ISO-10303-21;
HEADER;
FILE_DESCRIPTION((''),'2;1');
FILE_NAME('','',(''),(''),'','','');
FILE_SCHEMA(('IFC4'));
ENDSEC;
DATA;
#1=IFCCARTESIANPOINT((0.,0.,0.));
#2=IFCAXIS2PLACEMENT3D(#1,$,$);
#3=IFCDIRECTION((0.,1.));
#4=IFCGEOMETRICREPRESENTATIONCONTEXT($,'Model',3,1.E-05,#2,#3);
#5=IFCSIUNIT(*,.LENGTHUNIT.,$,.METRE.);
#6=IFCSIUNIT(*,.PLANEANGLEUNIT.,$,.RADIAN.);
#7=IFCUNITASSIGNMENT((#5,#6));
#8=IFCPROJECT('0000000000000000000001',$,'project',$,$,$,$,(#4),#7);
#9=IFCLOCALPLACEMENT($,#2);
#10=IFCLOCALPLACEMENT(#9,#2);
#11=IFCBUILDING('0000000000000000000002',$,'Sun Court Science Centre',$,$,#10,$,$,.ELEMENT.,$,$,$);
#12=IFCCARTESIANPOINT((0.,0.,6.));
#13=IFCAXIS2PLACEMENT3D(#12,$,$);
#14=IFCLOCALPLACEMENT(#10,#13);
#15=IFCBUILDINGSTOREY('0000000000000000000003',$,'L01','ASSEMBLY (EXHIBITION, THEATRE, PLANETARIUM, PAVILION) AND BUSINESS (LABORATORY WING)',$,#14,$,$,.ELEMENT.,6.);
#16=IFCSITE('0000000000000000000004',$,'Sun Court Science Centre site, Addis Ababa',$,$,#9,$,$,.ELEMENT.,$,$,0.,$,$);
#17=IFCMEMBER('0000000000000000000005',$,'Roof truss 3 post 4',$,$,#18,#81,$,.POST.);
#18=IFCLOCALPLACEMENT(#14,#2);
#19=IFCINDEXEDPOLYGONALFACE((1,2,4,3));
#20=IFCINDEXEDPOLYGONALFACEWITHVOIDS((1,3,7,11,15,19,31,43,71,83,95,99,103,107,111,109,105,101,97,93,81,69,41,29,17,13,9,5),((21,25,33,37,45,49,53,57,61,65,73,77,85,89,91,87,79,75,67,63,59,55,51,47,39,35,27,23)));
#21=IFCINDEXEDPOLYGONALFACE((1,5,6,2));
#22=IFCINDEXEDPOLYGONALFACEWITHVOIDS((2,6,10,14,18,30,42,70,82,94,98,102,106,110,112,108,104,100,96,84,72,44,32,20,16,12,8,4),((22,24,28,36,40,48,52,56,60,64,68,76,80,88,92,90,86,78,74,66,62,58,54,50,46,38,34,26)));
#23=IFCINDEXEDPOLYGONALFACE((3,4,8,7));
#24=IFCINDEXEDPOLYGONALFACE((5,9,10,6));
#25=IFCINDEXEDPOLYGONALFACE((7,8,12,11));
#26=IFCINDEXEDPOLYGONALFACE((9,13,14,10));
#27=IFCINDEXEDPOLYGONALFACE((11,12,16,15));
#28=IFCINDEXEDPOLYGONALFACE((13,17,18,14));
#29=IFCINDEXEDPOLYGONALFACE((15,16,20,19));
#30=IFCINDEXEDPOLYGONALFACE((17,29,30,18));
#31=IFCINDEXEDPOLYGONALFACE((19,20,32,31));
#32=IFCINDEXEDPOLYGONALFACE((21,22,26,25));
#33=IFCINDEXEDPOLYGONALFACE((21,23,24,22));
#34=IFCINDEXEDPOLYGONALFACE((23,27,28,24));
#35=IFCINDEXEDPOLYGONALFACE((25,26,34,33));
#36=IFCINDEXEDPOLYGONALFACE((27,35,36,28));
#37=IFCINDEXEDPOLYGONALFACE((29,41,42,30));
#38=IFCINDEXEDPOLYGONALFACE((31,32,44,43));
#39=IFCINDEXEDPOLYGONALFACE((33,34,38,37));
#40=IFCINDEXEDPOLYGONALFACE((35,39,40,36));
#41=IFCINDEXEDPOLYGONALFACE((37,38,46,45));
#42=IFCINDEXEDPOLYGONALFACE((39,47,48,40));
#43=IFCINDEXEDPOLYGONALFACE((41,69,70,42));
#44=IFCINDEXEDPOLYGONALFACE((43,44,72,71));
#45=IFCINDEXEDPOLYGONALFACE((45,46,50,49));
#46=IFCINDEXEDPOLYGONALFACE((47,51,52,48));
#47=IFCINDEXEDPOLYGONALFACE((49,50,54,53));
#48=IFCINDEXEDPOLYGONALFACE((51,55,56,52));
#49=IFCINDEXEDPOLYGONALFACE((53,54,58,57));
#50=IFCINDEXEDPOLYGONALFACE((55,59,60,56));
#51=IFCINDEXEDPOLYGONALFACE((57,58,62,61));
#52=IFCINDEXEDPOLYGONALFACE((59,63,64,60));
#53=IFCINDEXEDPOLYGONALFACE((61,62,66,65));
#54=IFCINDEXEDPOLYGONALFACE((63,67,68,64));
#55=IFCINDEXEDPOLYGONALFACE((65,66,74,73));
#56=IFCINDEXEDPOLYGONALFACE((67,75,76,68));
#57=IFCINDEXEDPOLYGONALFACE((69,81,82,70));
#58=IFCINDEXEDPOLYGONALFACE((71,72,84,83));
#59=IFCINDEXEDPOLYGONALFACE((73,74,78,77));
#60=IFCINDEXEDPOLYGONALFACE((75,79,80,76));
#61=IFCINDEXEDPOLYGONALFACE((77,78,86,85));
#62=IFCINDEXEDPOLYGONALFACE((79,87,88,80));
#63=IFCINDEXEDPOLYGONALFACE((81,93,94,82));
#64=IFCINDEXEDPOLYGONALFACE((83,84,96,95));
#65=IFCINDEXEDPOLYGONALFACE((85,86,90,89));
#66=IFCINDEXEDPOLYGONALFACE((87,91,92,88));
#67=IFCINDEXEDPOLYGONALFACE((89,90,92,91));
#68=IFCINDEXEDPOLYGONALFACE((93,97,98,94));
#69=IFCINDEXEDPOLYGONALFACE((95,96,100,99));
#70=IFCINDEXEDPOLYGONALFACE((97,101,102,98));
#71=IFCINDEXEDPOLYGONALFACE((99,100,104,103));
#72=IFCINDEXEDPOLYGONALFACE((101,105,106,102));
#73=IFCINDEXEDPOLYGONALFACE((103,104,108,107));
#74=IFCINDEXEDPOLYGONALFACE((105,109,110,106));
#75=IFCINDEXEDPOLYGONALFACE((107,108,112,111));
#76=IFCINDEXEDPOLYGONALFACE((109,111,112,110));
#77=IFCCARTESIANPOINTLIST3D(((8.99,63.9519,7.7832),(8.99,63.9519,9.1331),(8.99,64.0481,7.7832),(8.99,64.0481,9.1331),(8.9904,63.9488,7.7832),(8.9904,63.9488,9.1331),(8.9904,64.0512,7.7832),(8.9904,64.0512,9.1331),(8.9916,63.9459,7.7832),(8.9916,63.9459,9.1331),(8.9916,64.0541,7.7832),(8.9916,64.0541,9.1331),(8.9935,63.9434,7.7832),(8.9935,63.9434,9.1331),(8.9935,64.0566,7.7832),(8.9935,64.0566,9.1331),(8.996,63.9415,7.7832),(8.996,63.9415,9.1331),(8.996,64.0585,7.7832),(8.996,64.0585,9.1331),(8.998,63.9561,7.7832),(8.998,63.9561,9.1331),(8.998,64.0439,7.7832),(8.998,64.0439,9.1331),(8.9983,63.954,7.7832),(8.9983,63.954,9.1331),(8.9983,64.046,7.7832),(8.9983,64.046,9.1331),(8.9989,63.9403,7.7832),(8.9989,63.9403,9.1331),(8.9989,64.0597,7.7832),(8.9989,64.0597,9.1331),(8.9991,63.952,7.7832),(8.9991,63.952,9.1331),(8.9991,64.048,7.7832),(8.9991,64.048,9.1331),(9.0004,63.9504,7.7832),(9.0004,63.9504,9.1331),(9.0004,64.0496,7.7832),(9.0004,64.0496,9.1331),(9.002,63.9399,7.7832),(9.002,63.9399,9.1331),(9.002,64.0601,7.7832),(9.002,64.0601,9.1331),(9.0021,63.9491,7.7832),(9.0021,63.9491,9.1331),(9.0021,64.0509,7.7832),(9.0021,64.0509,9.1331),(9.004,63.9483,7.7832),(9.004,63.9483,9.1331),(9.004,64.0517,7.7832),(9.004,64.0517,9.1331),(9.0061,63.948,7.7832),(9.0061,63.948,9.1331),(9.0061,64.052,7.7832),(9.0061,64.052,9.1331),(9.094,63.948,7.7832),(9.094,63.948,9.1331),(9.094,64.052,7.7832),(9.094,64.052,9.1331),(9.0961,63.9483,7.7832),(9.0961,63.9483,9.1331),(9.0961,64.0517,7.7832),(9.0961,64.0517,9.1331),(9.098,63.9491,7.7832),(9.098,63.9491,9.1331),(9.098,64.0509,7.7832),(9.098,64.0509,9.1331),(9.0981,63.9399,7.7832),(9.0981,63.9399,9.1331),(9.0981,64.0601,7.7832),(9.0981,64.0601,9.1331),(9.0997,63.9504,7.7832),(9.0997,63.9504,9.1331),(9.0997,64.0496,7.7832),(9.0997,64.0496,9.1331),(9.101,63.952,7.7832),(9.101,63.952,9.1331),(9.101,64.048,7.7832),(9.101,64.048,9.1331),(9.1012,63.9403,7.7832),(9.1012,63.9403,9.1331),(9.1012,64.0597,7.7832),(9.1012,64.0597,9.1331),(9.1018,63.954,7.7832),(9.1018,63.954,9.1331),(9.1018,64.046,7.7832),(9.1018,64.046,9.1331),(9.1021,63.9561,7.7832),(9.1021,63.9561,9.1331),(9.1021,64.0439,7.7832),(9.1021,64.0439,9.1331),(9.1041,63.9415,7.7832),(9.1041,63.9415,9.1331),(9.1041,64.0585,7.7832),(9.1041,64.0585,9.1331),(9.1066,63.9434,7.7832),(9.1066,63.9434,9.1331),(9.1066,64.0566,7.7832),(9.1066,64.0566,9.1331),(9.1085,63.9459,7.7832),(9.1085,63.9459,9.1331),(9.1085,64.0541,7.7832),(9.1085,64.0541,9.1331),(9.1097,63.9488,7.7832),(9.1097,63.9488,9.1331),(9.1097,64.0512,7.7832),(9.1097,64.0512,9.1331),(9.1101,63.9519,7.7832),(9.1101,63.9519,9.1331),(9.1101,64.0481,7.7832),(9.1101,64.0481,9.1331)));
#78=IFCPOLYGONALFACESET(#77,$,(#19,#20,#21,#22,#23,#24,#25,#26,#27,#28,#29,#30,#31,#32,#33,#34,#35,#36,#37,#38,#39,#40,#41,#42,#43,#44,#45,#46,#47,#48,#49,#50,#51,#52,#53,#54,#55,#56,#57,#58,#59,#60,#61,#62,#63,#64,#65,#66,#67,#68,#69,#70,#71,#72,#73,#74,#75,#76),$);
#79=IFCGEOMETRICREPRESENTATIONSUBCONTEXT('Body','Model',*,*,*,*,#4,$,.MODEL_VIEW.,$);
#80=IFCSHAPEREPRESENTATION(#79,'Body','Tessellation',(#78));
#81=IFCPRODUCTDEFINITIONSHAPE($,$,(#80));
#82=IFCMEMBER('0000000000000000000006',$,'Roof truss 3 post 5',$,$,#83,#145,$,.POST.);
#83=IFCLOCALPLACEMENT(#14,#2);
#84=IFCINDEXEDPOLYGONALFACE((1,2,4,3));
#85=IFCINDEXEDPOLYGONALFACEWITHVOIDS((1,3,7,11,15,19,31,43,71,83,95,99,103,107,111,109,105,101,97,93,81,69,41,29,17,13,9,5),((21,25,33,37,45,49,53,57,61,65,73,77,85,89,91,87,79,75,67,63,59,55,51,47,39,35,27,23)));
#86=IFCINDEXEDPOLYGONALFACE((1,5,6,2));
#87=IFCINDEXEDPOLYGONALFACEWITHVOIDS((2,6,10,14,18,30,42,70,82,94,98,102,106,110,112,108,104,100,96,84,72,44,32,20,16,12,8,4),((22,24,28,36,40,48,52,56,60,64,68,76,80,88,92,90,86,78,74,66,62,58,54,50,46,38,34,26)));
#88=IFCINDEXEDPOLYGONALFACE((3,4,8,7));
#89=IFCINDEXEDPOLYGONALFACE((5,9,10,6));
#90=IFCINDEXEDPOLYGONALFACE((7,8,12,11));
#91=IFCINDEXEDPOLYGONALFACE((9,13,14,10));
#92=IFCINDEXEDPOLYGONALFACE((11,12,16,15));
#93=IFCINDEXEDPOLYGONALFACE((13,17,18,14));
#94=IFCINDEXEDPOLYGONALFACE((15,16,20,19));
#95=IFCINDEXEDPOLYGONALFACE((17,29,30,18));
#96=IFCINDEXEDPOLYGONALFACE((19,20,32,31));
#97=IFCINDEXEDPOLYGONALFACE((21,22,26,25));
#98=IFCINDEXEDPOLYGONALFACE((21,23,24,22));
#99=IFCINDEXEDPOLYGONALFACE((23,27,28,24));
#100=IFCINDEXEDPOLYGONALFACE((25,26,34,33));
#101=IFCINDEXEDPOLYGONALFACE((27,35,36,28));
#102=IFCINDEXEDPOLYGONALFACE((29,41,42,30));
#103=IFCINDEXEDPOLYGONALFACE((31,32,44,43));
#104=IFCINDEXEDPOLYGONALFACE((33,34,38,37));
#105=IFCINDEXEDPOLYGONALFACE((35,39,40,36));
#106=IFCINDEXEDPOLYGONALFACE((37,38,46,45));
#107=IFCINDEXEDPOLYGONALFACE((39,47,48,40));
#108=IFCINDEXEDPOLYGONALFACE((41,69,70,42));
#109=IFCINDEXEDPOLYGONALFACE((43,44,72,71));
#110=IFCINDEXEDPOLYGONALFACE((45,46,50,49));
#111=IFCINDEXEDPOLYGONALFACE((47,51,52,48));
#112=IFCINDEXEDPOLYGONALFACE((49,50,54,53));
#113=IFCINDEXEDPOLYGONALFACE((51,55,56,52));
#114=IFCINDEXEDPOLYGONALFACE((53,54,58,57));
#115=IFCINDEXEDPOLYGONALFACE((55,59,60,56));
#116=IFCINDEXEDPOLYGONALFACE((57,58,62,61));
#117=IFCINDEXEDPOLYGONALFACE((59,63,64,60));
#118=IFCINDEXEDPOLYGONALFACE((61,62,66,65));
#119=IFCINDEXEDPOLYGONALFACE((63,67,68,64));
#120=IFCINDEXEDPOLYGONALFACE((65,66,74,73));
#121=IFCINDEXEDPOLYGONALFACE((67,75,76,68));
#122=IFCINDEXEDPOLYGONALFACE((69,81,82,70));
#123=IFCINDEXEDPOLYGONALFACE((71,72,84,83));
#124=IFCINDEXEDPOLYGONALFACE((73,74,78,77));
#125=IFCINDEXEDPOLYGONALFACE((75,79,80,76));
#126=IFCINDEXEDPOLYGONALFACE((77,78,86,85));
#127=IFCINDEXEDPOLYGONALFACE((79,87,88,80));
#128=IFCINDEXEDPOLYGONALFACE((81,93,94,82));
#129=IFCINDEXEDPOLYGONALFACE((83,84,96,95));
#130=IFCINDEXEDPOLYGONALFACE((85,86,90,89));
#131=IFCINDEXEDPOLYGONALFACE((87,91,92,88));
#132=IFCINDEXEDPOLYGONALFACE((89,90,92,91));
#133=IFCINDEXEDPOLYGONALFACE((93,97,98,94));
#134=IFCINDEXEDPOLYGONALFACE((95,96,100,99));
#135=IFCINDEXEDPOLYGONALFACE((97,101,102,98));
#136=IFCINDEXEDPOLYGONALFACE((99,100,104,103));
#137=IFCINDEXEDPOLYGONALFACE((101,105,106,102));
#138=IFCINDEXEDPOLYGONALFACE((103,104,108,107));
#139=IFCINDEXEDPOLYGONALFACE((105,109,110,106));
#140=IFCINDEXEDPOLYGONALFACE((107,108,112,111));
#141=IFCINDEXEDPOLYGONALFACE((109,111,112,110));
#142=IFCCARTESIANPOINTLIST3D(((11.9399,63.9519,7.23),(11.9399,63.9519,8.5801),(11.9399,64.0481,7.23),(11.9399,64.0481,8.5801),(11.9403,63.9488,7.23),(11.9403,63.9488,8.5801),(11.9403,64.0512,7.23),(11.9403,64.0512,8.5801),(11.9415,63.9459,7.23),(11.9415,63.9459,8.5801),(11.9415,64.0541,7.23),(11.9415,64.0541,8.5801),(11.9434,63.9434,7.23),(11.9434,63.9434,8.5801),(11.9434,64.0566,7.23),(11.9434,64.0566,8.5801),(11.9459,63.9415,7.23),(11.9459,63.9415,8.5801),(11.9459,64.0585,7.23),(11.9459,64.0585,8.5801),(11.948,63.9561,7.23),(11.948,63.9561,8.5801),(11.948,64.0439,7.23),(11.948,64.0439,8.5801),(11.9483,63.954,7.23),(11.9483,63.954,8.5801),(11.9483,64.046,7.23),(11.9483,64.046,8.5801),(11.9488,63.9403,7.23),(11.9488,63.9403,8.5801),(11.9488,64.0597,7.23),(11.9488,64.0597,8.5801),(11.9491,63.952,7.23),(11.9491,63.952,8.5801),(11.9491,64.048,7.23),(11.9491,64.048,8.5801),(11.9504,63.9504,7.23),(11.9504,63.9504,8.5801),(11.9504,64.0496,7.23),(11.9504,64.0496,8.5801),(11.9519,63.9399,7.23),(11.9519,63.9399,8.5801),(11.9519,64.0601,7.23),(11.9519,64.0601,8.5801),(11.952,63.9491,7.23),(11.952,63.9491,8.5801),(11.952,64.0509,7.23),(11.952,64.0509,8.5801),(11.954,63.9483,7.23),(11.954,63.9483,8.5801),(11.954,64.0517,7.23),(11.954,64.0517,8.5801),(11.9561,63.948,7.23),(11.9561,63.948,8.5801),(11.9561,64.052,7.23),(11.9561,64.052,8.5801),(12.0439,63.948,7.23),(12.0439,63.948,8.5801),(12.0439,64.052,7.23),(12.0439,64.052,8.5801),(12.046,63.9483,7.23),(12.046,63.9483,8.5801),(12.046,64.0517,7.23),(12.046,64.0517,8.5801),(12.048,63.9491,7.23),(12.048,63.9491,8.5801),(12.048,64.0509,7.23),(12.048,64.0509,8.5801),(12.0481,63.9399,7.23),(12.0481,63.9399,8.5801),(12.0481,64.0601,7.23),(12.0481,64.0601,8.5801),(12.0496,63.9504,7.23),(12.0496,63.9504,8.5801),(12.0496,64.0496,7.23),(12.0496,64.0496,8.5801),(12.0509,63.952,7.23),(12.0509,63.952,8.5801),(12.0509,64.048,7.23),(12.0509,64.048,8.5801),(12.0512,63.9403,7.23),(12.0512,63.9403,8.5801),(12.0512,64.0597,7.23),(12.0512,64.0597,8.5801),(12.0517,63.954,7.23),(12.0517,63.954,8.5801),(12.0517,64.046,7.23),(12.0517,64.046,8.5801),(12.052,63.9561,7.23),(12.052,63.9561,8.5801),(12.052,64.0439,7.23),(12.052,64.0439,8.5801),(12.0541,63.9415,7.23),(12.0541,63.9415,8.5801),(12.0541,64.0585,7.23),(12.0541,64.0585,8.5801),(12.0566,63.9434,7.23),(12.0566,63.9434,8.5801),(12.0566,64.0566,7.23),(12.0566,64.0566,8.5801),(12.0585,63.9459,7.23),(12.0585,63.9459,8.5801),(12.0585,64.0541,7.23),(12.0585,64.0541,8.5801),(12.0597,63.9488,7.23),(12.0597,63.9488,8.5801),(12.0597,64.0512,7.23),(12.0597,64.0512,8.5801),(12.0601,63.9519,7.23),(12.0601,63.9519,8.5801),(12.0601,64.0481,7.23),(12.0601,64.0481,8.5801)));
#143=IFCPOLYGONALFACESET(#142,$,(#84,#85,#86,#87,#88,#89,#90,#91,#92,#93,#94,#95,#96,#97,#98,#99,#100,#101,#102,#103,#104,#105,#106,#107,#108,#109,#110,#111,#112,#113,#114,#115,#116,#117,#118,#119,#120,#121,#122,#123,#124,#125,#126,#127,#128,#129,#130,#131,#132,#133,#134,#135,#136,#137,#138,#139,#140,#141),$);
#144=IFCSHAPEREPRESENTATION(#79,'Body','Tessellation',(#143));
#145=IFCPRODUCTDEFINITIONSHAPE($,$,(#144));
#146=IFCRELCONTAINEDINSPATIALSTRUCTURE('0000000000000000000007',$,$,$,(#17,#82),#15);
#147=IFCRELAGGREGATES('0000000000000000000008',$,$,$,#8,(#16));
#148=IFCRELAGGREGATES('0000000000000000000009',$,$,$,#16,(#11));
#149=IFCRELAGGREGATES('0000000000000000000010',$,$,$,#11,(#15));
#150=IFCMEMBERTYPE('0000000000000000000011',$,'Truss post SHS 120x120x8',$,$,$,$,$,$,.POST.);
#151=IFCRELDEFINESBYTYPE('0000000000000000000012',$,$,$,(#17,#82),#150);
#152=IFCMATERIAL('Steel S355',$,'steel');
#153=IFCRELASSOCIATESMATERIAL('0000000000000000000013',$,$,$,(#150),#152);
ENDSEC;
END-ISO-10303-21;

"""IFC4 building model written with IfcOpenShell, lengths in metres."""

from ifc_helpers import new_model, si_unit, direction, frame, origin, origin_2d, place, context, subcontext, project, spatial, hollow_rectangle, extrude, material, material_profile, profile_set, type_object, element, save


model = new_model("IFC4")

# Units and contexts
model_context = context("Model", 3, precision=1e-05, world=origin(), true_north=direction((0.0, 1.0)))
body_context = subcontext(model_context, "Body", "Model", "MODEL_VIEW")
ifc_project = project(units=[si_unit("LENGTHUNIT", "METRE"), si_unit("PLANEANGLEUNIT", "RADIAN")], contexts=[model_context])

# Site, building, storey
site_placement = place(None, origin())
site = spatial("IfcSite", under=ifc_project, at=site_placement, Name="Sun Court Science Centre site, Addis Ababa", CompositionType="ELEMENT", RefElevation=0.0)
building_placement = place(site_placement, origin())
building = spatial("IfcBuilding", under=site, at=building_placement, Name="Sun Court Science Centre", CompositionType="ELEMENT")
storey_placement = place(building_placement, frame((0.0, 0.0, 6.0)))
storey = spatial("IfcBuildingStorey", under=building, at=storey_placement, Name="L01", Description="ASSEMBLY (EXHIBITION, THEATRE, PLANETARIUM, PAVILION) AND BUSINESS (LABORATORY WING)", CompositionType="ELEMENT", Elevation=6.0)

# Members
ifc_material_1 = material(Name="Steel S355", Category="steel")
ifc_material_profile_1 = material_profile(ifc_material_1, hollow_rectangle(XDim=0.1201, YDim=0.1201, WallThickness=0.0081, InnerFilletRadius=0.0081, OuterFilletRadius=0.012, at=origin_2d()), Name="SHS 120x120x8")
ifc_profile_set_1 = profile_set([ifc_material_profile_1], Name="Steel S355")
member_type_1 = type_object("IfcMemberType", Name="Truss post SHS 120x120x8", PredefinedType="POST", material=ifc_profile_set_1)
member_1_placement = place(storey_placement, frame((9.05, 64.0, 7.7832), z_axis=(0.0, 0.0, 1.0), x_axis=(1.0, 0.0, 0.0)))
element("IfcMember", 1, at=member_1_placement, inside=storey, type_object=member_type_1, Name="Roof truss 3 post 4", PredefinedType="POST", context=body_context, shape_type="SweptSolid", body=[
    extrude(hollow_rectangle(XDim=0.1201, YDim=0.1201, WallThickness=0.0081, InnerFilletRadius=0.0081, OuterFilletRadius=0.012, at=origin_2d()), origin(), (0.0, 0.0, 1.0), 1.3499),
])
for number, where, z_axis, x_axis, name in (
    (2, (12.0, 64.0, 7.23), (0.0, 0.0, 1.0), (1.0, 0.0, 0.0), "Roof truss 3 post 5"),
):
    element("IfcMember", number, at=place(storey_placement, frame(where, z_axis=z_axis, x_axis=x_axis)), inside=storey, type_object=member_type_1, Name=name, PredefinedType="POST", context=body_context, shape_type="SweptSolid", body=[
        extrude(hollow_rectangle(XDim=0.1201, YDim=0.1201, WallThickness=0.0081, InnerFilletRadius=0.0081, OuterFilletRadius=0.012, at=origin_2d()), origin(), (0.0, 0.0, 1.0), 1.3501),
    ])

save(model, "model.ifc")
